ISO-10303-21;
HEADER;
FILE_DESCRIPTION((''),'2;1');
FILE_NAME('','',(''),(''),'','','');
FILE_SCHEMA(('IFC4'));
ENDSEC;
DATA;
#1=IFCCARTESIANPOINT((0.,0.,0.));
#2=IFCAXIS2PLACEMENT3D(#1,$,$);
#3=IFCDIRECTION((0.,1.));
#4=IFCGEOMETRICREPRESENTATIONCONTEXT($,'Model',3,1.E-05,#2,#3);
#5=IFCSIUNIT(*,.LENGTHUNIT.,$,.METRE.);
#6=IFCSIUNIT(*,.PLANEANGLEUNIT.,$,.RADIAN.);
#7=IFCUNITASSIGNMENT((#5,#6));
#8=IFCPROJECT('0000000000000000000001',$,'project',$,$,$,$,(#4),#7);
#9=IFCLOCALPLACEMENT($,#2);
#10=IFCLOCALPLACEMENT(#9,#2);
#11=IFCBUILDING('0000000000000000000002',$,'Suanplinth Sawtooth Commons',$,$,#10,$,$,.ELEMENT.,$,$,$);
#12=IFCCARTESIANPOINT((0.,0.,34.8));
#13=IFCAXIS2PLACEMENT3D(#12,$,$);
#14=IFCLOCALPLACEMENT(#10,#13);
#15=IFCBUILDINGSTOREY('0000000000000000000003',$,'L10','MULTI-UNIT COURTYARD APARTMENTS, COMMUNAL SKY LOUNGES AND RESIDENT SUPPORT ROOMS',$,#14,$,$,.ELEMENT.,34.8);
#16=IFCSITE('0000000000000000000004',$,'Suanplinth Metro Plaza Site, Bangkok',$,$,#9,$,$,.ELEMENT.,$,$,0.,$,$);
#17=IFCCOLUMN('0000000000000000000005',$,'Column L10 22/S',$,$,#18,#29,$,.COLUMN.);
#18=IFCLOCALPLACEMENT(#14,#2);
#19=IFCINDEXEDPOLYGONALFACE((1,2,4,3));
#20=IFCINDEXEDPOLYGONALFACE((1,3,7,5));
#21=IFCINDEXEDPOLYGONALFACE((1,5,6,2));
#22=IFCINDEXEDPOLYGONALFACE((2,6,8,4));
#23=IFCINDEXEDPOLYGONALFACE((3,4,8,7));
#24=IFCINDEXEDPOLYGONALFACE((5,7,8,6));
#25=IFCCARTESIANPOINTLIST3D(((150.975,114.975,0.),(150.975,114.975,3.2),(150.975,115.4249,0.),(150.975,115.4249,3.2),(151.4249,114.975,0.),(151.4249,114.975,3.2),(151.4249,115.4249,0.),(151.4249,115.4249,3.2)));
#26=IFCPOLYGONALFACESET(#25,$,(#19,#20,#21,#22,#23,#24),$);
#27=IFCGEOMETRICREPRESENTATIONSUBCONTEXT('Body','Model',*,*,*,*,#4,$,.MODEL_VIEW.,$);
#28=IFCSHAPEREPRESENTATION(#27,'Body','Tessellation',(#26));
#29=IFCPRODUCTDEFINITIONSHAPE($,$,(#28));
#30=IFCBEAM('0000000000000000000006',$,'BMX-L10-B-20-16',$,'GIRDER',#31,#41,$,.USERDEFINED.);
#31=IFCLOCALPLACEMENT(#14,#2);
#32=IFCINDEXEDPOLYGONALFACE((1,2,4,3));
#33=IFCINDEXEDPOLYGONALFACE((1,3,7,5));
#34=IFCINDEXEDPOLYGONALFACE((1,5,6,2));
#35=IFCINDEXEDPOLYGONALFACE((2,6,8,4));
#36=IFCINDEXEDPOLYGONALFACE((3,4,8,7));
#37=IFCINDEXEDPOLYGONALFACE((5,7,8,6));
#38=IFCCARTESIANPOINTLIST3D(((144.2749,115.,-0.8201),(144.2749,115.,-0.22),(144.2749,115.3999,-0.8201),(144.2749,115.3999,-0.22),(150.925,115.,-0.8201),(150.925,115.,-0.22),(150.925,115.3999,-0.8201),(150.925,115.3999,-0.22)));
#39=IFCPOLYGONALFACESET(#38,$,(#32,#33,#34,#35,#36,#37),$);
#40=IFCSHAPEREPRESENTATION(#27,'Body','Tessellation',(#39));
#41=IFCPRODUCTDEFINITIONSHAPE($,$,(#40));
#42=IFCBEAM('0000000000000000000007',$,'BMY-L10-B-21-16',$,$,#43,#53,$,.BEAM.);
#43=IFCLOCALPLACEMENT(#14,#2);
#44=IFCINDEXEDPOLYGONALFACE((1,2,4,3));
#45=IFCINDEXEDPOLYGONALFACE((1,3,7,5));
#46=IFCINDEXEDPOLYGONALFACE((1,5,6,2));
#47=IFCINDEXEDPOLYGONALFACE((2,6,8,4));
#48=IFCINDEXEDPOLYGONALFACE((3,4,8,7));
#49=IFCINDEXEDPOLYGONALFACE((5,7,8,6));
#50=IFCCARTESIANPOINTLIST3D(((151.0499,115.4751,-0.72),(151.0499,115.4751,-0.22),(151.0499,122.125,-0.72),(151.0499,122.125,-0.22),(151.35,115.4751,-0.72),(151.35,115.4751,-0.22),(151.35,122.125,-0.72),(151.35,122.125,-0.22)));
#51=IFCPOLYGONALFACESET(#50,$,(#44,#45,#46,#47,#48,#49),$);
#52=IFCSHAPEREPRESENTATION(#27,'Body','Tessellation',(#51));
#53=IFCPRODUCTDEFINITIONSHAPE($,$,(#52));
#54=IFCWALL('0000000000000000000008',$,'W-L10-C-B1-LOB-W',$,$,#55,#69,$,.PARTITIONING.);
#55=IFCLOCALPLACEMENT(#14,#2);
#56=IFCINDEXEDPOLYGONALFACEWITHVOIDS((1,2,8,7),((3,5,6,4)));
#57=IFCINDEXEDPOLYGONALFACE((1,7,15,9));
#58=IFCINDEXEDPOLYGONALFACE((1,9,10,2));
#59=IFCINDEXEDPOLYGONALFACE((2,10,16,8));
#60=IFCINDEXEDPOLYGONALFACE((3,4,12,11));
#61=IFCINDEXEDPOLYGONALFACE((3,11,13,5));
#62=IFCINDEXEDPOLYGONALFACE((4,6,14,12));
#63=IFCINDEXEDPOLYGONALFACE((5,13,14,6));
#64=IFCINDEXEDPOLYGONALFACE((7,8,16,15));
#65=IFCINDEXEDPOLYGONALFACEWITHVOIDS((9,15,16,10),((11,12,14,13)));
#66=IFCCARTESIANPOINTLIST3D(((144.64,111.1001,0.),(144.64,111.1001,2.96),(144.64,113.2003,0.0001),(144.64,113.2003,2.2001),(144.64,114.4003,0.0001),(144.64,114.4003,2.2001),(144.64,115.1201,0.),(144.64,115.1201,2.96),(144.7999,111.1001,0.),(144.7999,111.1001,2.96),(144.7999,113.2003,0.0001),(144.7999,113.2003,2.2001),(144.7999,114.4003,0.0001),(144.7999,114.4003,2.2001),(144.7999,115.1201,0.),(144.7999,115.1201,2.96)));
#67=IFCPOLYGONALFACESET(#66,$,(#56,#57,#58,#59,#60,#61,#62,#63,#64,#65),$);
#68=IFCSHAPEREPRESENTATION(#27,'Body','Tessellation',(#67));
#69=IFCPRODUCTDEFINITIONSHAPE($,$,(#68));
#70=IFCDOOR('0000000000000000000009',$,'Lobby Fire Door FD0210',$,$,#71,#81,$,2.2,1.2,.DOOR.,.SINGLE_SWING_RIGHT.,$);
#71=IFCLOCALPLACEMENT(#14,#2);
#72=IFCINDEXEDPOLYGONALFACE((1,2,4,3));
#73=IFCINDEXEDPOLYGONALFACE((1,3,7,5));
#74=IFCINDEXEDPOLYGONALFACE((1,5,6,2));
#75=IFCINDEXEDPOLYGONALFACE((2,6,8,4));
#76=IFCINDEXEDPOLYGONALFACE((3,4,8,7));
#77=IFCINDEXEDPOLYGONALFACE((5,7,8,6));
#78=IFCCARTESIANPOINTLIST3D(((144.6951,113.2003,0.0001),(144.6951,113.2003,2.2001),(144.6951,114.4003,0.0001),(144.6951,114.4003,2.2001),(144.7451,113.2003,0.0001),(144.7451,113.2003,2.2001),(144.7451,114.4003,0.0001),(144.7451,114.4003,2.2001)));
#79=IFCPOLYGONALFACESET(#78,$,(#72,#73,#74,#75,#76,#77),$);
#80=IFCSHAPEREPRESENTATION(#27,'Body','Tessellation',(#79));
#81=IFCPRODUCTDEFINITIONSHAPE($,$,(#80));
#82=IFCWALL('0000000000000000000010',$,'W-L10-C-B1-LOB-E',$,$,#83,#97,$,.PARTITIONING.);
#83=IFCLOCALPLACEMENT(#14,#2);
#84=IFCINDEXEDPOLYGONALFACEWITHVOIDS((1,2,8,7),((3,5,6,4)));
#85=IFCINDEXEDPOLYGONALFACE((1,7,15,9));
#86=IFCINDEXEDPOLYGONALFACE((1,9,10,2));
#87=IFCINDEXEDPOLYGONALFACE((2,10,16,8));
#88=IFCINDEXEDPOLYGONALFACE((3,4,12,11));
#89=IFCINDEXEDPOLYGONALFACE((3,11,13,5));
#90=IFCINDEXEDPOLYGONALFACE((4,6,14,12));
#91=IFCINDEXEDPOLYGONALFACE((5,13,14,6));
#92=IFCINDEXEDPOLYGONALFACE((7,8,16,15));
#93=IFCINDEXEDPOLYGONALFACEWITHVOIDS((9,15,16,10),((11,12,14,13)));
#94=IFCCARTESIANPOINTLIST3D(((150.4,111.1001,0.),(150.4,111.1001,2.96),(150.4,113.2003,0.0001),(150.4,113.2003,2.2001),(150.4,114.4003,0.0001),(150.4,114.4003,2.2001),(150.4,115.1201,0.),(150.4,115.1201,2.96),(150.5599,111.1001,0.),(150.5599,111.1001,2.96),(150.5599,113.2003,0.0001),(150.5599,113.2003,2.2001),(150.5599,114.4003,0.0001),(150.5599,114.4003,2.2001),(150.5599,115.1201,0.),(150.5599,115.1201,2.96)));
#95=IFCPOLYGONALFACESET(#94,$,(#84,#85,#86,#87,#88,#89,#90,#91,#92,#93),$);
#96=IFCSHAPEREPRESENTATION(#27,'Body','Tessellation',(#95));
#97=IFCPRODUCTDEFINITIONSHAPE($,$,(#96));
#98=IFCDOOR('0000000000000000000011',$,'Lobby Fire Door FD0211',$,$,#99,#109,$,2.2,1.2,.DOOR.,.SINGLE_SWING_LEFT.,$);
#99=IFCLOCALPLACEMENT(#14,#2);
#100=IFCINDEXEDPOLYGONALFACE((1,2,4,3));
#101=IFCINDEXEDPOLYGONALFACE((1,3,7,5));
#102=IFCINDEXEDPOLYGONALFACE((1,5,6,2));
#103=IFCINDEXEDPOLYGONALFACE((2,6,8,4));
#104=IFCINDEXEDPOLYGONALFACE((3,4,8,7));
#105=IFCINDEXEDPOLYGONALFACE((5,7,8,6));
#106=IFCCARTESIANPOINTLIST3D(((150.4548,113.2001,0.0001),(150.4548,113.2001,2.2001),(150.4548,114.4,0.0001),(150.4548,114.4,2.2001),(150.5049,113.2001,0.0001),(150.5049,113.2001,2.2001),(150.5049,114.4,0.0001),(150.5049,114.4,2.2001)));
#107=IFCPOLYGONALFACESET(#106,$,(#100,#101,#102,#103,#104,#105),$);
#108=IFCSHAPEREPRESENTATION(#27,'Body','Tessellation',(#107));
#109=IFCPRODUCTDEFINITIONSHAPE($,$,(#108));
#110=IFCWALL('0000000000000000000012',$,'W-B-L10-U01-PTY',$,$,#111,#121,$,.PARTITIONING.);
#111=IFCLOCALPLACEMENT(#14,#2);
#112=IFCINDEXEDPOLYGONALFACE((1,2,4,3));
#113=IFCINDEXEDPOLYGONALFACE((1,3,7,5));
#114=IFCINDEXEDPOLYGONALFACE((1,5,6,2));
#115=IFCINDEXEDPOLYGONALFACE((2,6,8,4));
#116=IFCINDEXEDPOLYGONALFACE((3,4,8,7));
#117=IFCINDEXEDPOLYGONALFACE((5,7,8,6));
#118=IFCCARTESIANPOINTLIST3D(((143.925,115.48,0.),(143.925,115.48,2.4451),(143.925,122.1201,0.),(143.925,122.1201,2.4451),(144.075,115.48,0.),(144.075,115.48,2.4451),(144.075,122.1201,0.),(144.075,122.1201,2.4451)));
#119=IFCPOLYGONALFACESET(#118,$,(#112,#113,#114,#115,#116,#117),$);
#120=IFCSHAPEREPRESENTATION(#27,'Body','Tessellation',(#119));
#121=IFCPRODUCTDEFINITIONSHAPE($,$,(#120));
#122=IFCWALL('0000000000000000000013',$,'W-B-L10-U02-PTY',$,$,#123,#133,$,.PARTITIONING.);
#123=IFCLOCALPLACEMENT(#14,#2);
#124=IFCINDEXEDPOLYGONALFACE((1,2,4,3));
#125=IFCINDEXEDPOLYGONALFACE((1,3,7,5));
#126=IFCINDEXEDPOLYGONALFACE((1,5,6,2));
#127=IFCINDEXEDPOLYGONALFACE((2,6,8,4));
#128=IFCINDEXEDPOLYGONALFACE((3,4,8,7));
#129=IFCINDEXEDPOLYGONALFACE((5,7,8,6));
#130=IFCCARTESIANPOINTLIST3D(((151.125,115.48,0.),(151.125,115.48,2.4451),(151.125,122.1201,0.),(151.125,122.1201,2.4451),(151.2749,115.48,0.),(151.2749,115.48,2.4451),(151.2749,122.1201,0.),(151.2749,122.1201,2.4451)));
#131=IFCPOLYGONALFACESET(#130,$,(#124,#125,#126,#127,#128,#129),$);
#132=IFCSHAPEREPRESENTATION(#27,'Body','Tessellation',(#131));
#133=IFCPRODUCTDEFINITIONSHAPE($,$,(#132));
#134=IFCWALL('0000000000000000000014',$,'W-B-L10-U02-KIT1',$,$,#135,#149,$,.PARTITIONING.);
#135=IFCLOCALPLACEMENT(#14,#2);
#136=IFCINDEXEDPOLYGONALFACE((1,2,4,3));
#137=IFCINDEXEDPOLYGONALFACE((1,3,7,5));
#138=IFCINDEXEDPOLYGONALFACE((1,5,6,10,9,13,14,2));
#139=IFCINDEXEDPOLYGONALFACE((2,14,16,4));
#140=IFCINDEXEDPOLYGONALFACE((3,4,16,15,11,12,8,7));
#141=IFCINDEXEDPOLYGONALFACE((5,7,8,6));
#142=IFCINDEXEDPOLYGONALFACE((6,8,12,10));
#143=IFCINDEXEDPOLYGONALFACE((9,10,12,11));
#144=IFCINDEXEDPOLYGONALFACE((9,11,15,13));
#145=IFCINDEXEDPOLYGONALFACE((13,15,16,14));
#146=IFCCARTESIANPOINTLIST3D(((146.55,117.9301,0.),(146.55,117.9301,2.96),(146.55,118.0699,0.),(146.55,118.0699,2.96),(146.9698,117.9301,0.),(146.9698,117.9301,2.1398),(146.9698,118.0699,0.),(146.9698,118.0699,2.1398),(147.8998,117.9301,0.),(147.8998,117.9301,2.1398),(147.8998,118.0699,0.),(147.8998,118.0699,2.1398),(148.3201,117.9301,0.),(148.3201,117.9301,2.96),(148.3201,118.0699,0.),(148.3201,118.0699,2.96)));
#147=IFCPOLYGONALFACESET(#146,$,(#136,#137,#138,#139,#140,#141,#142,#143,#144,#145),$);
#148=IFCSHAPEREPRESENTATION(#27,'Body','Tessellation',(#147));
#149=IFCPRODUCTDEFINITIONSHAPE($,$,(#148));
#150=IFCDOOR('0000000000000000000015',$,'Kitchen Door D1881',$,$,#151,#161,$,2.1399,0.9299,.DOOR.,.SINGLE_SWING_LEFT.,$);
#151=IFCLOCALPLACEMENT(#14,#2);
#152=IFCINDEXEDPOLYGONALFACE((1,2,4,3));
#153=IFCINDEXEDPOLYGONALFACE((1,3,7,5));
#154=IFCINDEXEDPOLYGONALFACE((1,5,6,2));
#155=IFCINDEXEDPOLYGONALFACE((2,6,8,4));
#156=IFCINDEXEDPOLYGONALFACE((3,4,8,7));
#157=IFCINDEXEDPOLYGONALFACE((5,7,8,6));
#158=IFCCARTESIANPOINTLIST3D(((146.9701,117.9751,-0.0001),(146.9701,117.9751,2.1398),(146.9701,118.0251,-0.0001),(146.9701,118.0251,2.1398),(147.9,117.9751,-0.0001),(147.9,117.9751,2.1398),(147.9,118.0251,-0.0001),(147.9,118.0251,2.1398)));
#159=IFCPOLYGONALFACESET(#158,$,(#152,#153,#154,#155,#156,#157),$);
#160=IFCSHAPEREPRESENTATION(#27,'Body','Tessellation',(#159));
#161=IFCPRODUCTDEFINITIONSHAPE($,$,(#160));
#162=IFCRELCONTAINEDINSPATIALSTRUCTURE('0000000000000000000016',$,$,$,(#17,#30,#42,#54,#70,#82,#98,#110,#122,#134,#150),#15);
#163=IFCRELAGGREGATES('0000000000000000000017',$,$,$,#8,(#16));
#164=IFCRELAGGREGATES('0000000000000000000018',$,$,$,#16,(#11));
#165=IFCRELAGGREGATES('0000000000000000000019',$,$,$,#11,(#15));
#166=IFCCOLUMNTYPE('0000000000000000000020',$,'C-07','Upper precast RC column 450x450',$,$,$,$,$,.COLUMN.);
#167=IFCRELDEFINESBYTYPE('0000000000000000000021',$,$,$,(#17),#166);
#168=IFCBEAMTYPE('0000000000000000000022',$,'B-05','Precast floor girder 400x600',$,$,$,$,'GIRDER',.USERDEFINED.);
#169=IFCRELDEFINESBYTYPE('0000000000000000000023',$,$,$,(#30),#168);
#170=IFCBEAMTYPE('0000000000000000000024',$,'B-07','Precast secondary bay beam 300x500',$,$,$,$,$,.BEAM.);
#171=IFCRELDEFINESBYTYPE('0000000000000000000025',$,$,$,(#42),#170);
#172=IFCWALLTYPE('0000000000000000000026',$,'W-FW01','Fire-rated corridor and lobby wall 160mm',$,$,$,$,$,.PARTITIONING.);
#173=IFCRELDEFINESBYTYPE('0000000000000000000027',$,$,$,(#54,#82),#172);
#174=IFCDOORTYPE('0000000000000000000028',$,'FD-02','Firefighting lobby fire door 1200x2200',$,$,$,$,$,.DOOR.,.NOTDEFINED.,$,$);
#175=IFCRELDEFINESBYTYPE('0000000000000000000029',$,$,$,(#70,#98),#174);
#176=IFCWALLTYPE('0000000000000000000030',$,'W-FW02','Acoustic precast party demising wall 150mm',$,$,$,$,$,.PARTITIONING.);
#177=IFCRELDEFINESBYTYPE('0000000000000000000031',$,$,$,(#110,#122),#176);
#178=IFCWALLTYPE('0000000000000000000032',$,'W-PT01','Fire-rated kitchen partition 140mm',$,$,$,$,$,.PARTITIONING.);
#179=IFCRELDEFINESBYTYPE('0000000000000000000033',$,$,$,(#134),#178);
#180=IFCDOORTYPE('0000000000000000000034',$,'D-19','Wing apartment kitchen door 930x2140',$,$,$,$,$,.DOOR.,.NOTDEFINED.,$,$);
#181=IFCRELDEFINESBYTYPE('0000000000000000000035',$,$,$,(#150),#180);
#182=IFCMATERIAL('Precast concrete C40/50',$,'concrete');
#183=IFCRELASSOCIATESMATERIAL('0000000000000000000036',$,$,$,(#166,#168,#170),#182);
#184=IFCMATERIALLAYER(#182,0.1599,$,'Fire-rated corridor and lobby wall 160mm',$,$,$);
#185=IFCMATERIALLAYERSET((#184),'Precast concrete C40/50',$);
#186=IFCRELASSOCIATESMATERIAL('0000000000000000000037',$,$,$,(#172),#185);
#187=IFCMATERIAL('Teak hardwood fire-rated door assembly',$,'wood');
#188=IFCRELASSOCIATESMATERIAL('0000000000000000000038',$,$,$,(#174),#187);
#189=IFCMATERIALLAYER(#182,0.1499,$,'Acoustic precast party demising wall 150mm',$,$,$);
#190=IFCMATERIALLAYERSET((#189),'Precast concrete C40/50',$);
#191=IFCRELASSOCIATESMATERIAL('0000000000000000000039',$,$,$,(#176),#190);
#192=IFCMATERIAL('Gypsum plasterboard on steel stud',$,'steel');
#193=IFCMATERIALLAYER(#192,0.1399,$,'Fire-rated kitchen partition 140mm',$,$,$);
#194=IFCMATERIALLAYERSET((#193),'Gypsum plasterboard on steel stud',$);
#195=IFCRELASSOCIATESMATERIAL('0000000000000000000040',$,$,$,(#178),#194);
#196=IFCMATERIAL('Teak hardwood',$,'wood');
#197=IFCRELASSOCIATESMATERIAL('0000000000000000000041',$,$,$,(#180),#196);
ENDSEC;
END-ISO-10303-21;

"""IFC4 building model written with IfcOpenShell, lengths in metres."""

from ifc_helpers import new_model, si_unit, direction, frame, frame_2d, origin, origin_2d, place, context, subcontext, project, spatial, rectangle, extrude, material, layer, layer_set, material_profile, profile_set, type_object, element, fill, save


model = new_model("IFC4")

# Units and contexts
model_context = context("Model", 3, precision=1e-05, world=origin(), true_north=direction((0.0, 1.0)))
body_context = subcontext(model_context, "Body", "Model", "MODEL_VIEW")
ifc_project = project(units=[si_unit("LENGTHUNIT", "METRE"), si_unit("PLANEANGLEUNIT", "RADIAN")], contexts=[model_context])

# Site, building, storey
site_placement = place(None, origin())
site = spatial("IfcSite", under=ifc_project, at=site_placement, Name="Suanplinth Metro Plaza Site, Bangkok", CompositionType="ELEMENT", RefElevation=0.0)
building_placement = place(site_placement, origin())
building = spatial("IfcBuilding", under=site, at=building_placement, Name="Suanplinth Sawtooth Commons", CompositionType="ELEMENT")
storey_placement = place(building_placement, frame((0.0, 0.0, 34.8)))
storey = spatial("IfcBuildingStorey", under=building, at=storey_placement, Name="L10", Description="MULTI-UNIT COURTYARD APARTMENTS, COMMUNAL SKY LOUNGES AND RESIDENT SUPPORT ROOMS", CompositionType="ELEMENT", Elevation=34.8)

# Column
ifc_material_1 = material(Name="Precast concrete C40/50", Category="concrete")
ifc_material_profile_1 = material_profile(ifc_material_1, rectangle(XDim=0.45, YDim=0.45, at=origin_2d()), Name="PC-COL 450x450")
ifc_profile_set_1 = profile_set([ifc_material_profile_1], Name="Precast concrete C40/50")
column_type = type_object("IfcColumnType", Name="C-07", Description="Upper precast RC column 450x450", PredefinedType="COLUMN", material=ifc_profile_set_1)
column_placement = place(storey_placement, frame((151.2, 115.2, 0.0), z_axis=(0.0, 0.0, 1.0), x_axis=(1.0, 0.0, 0.0)))
element("IfcColumn", 1, at=column_placement, inside=storey, type_object=column_type, Name="Column L10 22/S", PredefinedType="COLUMN", context=body_context, shape_type="SweptSolid", body=[
    extrude(rectangle(XDim=0.45, YDim=0.45, at=origin_2d()), origin(), (0.0, 0.0, 1.0), 3.2),
])

# Beams
ifc_material_profile_2 = material_profile(ifc_material_1, rectangle(XDim=0.3999, YDim=0.6001, at=origin_2d()), Name="PC-GDR 400x600")
ifc_profile_set_2 = profile_set([ifc_material_profile_2], Name="Precast concrete C40/50")
beam_type_1 = type_object("IfcBeamType", Name="B-05", Description="Precast floor girder 400x600", ElementType="GIRDER", PredefinedType="USERDEFINED", material=ifc_profile_set_2)
beam_1_placement = place(storey_placement, frame((144.2749, 115.2, -0.52), z_axis=(1.0, 0.0, 0.0), x_axis=(0.0, 1.0, 0.0)))
element("IfcBeam", 2, at=beam_1_placement, inside=storey, type_object=beam_type_1, Name="BMX-L10-B-20-16", ObjectType="GIRDER", PredefinedType="USERDEFINED", context=body_context, shape_type="SweptSolid", body=[
    extrude(rectangle(XDim=0.3999, YDim=0.6001, at=origin_2d()), origin(), (0.0, 0.0, 1.0), 6.6501),
])
ifc_material_profile_3 = material_profile(ifc_material_1, rectangle(XDim=0.3, YDim=0.5, at=origin_2d()), Name="PC-BM 300x500")
ifc_profile_set_3 = profile_set([ifc_material_profile_3], Name="Precast concrete C40/50")
beam_type_2 = type_object("IfcBeamType", Name="B-07", Description="Precast secondary bay beam 300x500", PredefinedType="BEAM", material=ifc_profile_set_3)
beam_2_placement = place(storey_placement, frame((151.2, 115.4751, -0.47), z_axis=(0.0, 1.0, 0.0), x_axis=(-1.0, 0.0, 0.0)))
element("IfcBeam", 3, at=beam_2_placement, inside=storey, type_object=beam_type_2, Name="BMY-L10-B-21-16", PredefinedType="BEAM", context=body_context, shape_type="SweptSolid", body=[
    extrude(rectangle(XDim=0.3, YDim=0.5, at=origin_2d()), origin(), (0.0, 0.0, 1.0), 6.6499),
])

# Walls, openings, doors
ifc_layer_1 = layer(ifc_material_1, 0.1599, Name="Fire-rated corridor and lobby wall 160mm")
ifc_layer_set_1 = layer_set([ifc_layer_1], Name="Precast concrete C40/50")
wall_type_1 = type_object("IfcWallType", Name="W-FW01", Description="Fire-rated corridor and lobby wall 160mm", PredefinedType="PARTITIONING", material=ifc_layer_set_1)
wall_1_placement = place(storey_placement, frame((144.72, 111.1001, 0.0), z_axis=(0.0, 0.0, 1.0), x_axis=(0.0, 1.0, 0.0)))
wall_1 = element("IfcWall", 4, at=wall_1_placement, inside=storey, type_object=wall_type_1, Name="W-L10-C-B1-LOB-W", PredefinedType="PARTITIONING", context=body_context, shape_type="SweptSolid", body=[
    extrude(rectangle(XDim=4.02, YDim=0.1599, at=frame_2d((2.01, 0.0))), origin(), (0.0, 0.0, 1.0), 2.96),
])
opening_1_placement = place(wall_1_placement, frame((2.1001, 0.0, 0.0)))
opening_1 = element("IfcOpeningElement", 5, at=opening_1_placement, cuts=wall_1, PredefinedType="OPENING", context=body_context, shape_type="SweptSolid", body=[
    extrude(rectangle(XDim=1.2, YDim=2.2, at=frame_2d((0.6001, 1.1001))), frame((0.0, 0.0947, 0.0), z_axis=(0.0, -1.0, 0.0), x_axis=(1.0, 0.0, 0.0)), (0.0, 0.0, 1.0), 0.1897),
])
ifc_material_2 = material(Name="Teak hardwood fire-rated door assembly", Category="wood")
door_type_1 = type_object("IfcDoorType", Name="FD-02", Description="Firefighting lobby fire door 1200x2200", OperationType="NOTDEFINED", PredefinedType="DOOR", material=ifc_material_2)
door_1_placement = place(opening_1_placement, origin())
door_1 = element("IfcDoor", 6, at=door_1_placement, inside=storey, type_object=door_type_1, Name="Lobby Fire Door FD0210", OperationType="SINGLE_SWING_RIGHT", OverallHeight=2.2, OverallWidth=1.2, PredefinedType="DOOR", context=body_context, shape_type="SweptSolid", body=[
    extrude(rectangle(XDim=1.2, YDim=2.2, at=frame_2d((0.6001, 1.1001))), frame((0.0, 0.0249, 0.0), z_axis=(0.0, -1.0, 0.0), x_axis=(1.0, 0.0, 0.0)), (0.0, 0.0, 1.0), 0.05),
])
fill(opening_1, door_1)
wall_2_placement = place(storey_placement, frame((150.48, 111.1001, 0.0), z_axis=(0.0, 0.0, 1.0), x_axis=(0.0, 1.0, 0.0)))
wall_2 = element("IfcWall", 7, at=wall_2_placement, inside=storey, type_object=wall_type_1, Name="W-L10-C-B1-LOB-E", PredefinedType="PARTITIONING", context=body_context, shape_type="SweptSolid", body=[
    extrude(rectangle(XDim=4.02, YDim=0.1599, at=frame_2d((2.01, 0.0))), origin(), (0.0, 0.0, 1.0), 2.96),
])
opening_2_placement = place(wall_2_placement, frame((2.1001, 0.0, 0.0)))
opening_2 = element("IfcOpeningElement", 8, at=opening_2_placement, cuts=wall_2, PredefinedType="OPENING", context=body_context, shape_type="SweptSolid", body=[
    extrude(rectangle(XDim=1.2, YDim=2.2, at=frame_2d((0.6001, 1.1001))), frame((0.0, 0.0947, 0.0), z_axis=(0.0, -1.0, 0.0), x_axis=(1.0, 0.0, 0.0)), (0.0, 0.0, 1.0), 0.1897),
])
door_2_placement = place(opening_2_placement, frame((1.2, 0.0, 0.0), z_axis=(0.0, 0.0, 1.0), x_axis=(-1.0, 0.0, 0.0)))
door_2 = element("IfcDoor", 9, at=door_2_placement, inside=storey, type_object=door_type_1, Name="Lobby Fire Door FD0211", OperationType="SINGLE_SWING_LEFT", OverallHeight=2.2, OverallWidth=1.2, PredefinedType="DOOR", context=body_context, shape_type="SweptSolid", body=[
    extrude(rectangle(XDim=1.2, YDim=2.2, at=frame_2d((0.6001, 1.1001))), frame((0.0, 0.0249, 0.0), z_axis=(0.0, -1.0, 0.0), x_axis=(1.0, 0.0, 0.0)), (0.0, 0.0, 1.0), 0.05),
])
fill(opening_2, door_2)

# Walls
ifc_layer_2 = layer(ifc_material_1, 0.1499, Name="Acoustic precast party demising wall 150mm")
ifc_layer_set_2 = layer_set([ifc_layer_2], Name="Precast concrete C40/50")
wall_type_2 = type_object("IfcWallType", Name="W-FW02", Description="Acoustic precast party demising wall 150mm", PredefinedType="PARTITIONING", material=ifc_layer_set_2)
for number, where, z_axis, x_axis, name in (
    (10, (144.0, 115.48, 0.0), (0.0, 0.0, 1.0), (0.0, 1.0, 0.0), "W-B-L10-U01-PTY"),
    (11, (151.2, 115.48, 0.0), (0.0, 0.0, 1.0), (0.0, 1.0, 0.0), "W-B-L10-U02-PTY"),
):
    element("IfcWall", number, at=place(storey_placement, frame(where, z_axis=z_axis, x_axis=x_axis)), inside=storey, type_object=wall_type_2, Name=name, PredefinedType="PARTITIONING", context=body_context, shape_type="SweptSolid", body=[
        extrude(rectangle(XDim=6.6401, YDim=0.1499, at=frame_2d((3.3201, 0.0))), origin(), (0.0, 0.0, 1.0), 2.4451),
    ])

# Wall, opening, door
ifc_material_3 = material(Name="Gypsum plasterboard on steel stud", Category="steel")
ifc_layer_3 = layer(ifc_material_3, 0.1399, Name="Fire-rated kitchen partition 140mm")
ifc_layer_set_3 = layer_set([ifc_layer_3], Name="Gypsum plasterboard on steel stud")
wall_type_3 = type_object("IfcWallType", Name="W-PT01", Description="Fire-rated kitchen partition 140mm", PredefinedType="PARTITIONING", material=ifc_layer_set_3)
wall_3_placement = place(storey_placement, frame((146.55, 118.0, 0.0), z_axis=(0.0, 0.0, 1.0), x_axis=(1.0, 0.0, 0.0)))
wall_3 = element("IfcWall", 12, at=wall_3_placement, inside=storey, type_object=wall_type_3, Name="W-B-L10-U02-KIT1", PredefinedType="PARTITIONING", context=body_context, shape_type="SweptSolid", body=[
    extrude(rectangle(XDim=1.77, YDim=0.1399, at=frame_2d((0.885, 0.0))), origin(), (0.0, 0.0, 1.0), 2.96),
])
opening_3_placement = place(wall_3_placement, frame((0.4199, 0.0, 0.0)))
opening_3 = element("IfcOpeningElement", 13, at=opening_3_placement, cuts=wall_3, PredefinedType="OPENING", context=body_context, shape_type="SweptSolid", body=[
    extrude(rectangle(XDim=0.9299, YDim=2.1399, at=frame_2d((0.4648, 1.0698))), frame((0.0, 0.085, 0.0), z_axis=(0.0, -1.0, 0.0), x_axis=(1.0, 0.0, 0.0)), (0.0, 0.0, 1.0), 0.1697),
])
ifc_material_4 = material(Name="Teak hardwood", Category="wood")
door_type_2 = type_object("IfcDoorType", Name="D-19", Description="Wing apartment kitchen door 930x2140", OperationType="NOTDEFINED", PredefinedType="DOOR", material=ifc_material_4)
door_3_placement = place(opening_3_placement, frame((0.9299, 0.0, 0.0), z_axis=(0.0, 0.0, 1.0), x_axis=(-1.0, 0.0, 0.0)))
door_3 = element("IfcDoor", 14, at=door_3_placement, inside=storey, type_object=door_type_2, Name="Kitchen Door D1881", OperationType="SINGLE_SWING_LEFT", OverallHeight=2.1399, OverallWidth=0.9299, PredefinedType="DOOR", context=body_context, shape_type="SweptSolid", body=[
    extrude(rectangle(XDim=0.9299, YDim=2.1399, at=frame_2d((0.4648, 1.0698))), frame((0.0, 0.0249, 0.0), z_axis=(0.0, -1.0, 0.0), x_axis=(1.0, 0.0, 0.0)), (0.0, 0.0, 1.0), 0.05),
])
fill(opening_3, door_3)

save(model, "model.ifc")
